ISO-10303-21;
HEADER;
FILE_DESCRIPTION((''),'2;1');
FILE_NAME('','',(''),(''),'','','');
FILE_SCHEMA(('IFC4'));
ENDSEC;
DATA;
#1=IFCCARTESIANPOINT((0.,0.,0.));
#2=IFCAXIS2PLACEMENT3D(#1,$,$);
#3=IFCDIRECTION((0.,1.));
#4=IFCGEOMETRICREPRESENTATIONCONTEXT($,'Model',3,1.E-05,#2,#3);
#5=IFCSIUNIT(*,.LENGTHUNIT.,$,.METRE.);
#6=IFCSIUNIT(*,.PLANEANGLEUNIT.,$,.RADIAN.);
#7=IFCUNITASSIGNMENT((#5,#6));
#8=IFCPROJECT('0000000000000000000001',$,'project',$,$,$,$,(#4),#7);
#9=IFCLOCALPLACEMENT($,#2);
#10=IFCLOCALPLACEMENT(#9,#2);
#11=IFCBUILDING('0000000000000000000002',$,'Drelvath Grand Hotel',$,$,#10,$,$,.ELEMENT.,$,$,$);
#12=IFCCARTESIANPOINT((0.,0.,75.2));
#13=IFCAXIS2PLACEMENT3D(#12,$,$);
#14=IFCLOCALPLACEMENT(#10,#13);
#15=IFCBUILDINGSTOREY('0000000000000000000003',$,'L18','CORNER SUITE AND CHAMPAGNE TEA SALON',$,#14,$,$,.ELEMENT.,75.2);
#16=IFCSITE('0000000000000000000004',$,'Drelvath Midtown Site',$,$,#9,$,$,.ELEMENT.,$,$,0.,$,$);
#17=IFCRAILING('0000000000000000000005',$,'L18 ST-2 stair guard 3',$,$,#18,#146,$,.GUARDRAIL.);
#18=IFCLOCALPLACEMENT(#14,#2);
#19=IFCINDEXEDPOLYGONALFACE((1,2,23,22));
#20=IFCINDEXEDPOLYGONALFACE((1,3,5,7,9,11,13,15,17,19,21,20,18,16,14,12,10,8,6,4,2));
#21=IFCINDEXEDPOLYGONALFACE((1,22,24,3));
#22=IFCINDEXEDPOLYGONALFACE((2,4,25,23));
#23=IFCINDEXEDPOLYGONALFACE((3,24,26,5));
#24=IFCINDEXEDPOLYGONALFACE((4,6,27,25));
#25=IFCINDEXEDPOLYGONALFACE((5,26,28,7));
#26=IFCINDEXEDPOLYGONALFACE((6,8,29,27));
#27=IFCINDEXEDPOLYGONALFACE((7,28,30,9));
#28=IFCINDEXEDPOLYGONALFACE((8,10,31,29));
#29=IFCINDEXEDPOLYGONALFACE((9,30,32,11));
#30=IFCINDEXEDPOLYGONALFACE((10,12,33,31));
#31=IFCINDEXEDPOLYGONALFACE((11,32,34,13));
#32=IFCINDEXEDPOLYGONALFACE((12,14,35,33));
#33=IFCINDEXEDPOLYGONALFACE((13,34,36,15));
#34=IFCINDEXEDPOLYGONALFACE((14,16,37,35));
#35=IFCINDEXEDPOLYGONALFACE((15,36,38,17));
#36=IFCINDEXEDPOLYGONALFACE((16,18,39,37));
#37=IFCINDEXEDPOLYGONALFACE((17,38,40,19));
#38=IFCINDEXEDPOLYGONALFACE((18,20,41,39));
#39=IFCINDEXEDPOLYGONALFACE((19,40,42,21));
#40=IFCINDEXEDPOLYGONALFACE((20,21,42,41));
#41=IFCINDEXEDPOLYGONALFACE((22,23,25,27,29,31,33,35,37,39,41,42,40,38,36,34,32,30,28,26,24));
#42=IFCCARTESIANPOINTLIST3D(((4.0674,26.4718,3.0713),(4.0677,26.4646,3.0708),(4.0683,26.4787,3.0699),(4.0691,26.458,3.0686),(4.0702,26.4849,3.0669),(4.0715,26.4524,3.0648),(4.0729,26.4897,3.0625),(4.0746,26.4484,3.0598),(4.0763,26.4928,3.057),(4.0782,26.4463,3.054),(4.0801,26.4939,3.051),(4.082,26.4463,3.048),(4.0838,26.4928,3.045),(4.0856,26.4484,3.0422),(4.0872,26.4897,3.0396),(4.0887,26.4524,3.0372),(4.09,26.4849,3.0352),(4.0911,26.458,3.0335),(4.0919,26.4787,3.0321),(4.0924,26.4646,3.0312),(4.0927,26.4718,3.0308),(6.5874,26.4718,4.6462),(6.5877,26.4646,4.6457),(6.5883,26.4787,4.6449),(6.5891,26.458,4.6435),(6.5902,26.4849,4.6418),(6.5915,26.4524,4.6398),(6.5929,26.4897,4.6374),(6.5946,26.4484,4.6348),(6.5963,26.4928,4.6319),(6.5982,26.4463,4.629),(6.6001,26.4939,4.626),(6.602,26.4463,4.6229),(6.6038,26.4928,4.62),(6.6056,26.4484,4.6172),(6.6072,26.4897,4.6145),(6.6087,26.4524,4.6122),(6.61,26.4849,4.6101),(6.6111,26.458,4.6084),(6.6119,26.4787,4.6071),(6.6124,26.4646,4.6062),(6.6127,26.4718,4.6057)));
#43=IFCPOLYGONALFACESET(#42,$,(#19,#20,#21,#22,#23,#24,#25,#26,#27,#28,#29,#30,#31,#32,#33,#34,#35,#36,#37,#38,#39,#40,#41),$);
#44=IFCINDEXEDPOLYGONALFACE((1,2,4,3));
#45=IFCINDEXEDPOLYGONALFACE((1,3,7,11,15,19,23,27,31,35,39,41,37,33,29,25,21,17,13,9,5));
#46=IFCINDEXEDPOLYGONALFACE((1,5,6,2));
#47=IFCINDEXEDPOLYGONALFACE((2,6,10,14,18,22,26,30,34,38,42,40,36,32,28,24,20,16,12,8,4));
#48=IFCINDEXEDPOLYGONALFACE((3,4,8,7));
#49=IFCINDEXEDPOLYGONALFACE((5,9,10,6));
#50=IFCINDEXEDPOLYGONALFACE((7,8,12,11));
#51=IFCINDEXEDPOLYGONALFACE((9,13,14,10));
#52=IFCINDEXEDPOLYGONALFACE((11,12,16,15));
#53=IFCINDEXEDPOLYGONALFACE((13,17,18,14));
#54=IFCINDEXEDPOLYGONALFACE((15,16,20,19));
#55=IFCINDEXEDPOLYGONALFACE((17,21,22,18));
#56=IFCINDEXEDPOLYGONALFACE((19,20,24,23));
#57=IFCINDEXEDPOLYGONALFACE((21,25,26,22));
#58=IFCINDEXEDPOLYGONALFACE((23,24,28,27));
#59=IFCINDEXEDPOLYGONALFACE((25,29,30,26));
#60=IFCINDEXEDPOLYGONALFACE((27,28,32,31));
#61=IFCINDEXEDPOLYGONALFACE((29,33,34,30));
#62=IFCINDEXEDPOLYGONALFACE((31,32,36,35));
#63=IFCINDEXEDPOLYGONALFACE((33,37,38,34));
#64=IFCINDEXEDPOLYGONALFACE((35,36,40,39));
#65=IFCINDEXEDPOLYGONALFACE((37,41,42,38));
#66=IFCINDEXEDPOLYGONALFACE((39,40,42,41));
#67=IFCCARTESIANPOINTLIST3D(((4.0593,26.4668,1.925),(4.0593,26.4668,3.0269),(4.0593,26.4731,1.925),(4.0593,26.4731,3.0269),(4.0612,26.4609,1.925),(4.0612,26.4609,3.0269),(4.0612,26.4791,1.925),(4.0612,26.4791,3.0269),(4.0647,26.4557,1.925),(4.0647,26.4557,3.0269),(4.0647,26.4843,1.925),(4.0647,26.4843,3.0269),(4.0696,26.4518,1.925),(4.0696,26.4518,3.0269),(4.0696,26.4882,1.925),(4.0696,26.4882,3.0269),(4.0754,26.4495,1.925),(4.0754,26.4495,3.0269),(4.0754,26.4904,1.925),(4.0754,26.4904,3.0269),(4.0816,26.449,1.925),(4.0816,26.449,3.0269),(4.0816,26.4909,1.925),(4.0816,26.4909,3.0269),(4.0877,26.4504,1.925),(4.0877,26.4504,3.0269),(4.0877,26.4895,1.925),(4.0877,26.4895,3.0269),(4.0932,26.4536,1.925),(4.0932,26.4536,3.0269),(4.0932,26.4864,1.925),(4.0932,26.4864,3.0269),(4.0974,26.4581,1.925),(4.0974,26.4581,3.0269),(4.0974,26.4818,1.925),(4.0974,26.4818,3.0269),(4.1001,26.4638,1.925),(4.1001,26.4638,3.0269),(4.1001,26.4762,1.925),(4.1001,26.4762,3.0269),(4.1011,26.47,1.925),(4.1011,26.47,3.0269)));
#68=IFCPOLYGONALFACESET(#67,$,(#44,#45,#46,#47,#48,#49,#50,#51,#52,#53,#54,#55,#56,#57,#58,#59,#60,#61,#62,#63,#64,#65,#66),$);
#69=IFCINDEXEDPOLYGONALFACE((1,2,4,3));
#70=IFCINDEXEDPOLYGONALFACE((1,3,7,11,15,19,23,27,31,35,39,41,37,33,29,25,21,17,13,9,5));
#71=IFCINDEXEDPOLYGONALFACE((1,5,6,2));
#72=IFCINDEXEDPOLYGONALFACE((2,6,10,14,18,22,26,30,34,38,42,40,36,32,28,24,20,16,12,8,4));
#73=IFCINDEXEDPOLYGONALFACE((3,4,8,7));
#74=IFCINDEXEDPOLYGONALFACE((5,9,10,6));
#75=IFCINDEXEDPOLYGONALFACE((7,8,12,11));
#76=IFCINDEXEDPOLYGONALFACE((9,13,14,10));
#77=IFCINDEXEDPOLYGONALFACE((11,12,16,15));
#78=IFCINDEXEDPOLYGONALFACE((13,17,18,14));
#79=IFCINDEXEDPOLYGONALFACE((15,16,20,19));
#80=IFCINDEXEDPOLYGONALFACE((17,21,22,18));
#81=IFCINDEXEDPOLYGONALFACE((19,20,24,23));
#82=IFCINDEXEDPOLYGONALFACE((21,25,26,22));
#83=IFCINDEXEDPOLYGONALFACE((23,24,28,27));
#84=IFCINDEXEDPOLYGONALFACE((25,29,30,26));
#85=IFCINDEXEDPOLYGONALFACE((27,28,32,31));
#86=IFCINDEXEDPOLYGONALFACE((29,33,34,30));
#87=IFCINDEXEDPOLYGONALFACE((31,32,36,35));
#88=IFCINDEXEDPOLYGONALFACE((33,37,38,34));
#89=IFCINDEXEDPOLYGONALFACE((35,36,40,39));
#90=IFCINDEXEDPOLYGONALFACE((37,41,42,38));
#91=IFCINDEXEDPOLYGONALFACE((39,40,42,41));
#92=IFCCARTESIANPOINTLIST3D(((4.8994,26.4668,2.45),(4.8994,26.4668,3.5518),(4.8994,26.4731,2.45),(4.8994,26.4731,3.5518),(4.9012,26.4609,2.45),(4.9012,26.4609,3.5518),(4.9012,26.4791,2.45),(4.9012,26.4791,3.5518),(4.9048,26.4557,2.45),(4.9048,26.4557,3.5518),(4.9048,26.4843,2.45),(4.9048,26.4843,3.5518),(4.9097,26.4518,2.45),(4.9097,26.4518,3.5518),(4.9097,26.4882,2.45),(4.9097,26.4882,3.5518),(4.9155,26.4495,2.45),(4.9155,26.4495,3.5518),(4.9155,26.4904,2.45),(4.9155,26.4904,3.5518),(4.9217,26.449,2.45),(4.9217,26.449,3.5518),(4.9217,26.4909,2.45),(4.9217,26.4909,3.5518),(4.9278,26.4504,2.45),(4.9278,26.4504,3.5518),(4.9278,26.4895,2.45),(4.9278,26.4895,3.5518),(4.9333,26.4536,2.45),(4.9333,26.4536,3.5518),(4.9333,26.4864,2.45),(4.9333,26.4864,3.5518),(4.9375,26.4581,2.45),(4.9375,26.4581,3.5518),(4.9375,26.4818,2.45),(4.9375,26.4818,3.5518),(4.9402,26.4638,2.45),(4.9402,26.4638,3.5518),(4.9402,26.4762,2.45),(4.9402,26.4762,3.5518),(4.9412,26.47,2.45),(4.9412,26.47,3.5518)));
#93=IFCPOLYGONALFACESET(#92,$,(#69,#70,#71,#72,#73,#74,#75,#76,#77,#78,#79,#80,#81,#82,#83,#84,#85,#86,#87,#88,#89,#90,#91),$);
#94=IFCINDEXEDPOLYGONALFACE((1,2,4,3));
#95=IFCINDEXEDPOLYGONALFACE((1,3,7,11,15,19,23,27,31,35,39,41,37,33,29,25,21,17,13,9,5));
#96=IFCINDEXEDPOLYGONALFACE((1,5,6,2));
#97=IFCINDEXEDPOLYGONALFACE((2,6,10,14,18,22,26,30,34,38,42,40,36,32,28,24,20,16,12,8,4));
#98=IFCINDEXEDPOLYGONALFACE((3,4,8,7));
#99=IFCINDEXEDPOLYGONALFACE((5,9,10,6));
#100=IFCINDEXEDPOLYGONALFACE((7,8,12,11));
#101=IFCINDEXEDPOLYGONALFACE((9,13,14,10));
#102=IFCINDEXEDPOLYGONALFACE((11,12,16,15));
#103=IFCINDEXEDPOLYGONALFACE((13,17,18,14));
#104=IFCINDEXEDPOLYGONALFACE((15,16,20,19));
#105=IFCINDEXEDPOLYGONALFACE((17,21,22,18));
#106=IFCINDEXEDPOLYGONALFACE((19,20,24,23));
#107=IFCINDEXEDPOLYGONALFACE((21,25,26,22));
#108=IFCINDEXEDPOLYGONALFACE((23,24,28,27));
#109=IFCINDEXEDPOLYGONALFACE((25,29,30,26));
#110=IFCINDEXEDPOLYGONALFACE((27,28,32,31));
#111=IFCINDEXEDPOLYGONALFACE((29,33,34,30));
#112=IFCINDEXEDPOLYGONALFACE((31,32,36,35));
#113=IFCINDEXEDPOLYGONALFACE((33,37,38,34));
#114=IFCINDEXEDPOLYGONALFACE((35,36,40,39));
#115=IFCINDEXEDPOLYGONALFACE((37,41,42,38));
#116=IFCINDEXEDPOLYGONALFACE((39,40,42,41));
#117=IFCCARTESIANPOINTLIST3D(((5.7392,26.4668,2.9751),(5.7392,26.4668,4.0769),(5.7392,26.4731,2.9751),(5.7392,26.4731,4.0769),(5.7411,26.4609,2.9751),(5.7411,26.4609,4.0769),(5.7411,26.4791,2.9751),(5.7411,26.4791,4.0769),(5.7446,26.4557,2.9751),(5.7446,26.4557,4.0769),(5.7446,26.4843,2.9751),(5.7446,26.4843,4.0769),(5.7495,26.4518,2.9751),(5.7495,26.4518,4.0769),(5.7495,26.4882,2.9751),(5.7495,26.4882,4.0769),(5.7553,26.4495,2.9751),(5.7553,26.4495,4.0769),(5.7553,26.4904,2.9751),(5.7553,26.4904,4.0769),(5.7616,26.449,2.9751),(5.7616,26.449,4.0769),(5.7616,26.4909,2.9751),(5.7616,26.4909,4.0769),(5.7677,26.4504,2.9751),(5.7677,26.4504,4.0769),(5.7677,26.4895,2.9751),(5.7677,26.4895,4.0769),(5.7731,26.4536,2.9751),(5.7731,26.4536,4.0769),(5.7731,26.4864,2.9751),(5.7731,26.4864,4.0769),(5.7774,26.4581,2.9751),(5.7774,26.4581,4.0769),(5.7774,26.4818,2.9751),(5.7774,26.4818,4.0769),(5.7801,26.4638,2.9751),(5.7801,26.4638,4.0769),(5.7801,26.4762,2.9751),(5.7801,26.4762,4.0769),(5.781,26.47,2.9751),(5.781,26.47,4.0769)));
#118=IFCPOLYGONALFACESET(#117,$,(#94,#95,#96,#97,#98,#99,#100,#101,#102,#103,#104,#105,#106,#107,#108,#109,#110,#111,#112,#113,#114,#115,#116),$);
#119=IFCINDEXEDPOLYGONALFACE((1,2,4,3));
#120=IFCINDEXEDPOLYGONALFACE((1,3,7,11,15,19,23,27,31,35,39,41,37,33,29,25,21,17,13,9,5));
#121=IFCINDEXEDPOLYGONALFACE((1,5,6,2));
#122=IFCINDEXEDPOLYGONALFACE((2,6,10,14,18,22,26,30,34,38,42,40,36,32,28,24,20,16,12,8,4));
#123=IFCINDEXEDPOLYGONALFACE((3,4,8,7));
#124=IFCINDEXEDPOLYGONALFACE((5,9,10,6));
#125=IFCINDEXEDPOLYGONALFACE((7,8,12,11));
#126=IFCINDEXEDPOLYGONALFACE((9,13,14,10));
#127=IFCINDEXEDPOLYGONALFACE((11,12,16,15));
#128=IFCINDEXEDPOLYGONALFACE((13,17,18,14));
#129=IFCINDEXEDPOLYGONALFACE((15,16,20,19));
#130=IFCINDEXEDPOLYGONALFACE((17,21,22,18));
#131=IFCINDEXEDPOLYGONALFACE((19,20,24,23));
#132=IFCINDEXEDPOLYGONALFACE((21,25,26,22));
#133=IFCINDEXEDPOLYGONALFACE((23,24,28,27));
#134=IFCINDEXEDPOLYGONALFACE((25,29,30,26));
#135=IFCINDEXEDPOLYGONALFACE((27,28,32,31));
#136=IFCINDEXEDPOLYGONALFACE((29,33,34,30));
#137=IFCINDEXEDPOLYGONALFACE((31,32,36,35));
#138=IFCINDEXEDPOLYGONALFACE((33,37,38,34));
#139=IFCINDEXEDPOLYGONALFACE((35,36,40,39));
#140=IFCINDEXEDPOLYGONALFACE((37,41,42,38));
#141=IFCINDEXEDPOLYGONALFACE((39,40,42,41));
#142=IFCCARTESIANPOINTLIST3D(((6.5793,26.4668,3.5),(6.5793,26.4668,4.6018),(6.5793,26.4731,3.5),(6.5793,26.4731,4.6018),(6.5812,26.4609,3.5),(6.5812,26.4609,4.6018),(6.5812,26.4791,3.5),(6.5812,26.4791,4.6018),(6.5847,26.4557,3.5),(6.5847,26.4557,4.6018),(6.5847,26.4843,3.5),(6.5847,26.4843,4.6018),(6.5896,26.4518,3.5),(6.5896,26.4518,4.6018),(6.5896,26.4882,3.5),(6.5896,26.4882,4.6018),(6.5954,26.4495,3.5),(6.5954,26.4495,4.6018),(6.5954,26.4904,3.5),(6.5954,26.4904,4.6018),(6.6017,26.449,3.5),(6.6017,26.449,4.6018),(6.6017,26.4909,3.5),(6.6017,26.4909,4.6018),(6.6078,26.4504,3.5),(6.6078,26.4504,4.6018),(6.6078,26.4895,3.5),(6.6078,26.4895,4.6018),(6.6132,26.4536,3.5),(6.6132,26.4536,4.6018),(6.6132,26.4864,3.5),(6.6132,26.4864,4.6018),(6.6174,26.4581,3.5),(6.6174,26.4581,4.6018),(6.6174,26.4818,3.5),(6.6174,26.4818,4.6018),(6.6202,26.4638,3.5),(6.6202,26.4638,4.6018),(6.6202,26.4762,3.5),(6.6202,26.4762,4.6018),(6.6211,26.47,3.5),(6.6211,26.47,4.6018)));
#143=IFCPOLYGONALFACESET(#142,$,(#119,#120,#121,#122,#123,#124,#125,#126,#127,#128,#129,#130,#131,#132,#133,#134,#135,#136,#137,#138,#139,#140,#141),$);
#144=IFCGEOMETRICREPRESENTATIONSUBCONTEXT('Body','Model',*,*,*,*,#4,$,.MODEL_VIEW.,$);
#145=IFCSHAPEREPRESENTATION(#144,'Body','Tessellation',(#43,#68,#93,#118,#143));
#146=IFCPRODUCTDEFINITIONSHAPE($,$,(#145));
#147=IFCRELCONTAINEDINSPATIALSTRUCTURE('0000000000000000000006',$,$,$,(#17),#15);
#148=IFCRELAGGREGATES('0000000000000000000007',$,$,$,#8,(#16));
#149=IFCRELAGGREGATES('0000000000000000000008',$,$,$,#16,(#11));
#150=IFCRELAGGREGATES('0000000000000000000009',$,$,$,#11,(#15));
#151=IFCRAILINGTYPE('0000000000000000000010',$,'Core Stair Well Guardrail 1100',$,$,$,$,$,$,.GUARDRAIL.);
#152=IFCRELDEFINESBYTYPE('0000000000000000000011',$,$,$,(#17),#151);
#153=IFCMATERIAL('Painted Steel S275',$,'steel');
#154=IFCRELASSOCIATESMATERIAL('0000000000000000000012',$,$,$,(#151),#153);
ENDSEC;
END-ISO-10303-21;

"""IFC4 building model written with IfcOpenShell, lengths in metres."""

from ifc_helpers import new_model, si_unit, direction, frame, origin, origin_2d, place, context, subcontext, project, spatial, circle, extrude, material, type_object, element, save


model = new_model("IFC4")

# Units and contexts
model_context = context("Model", 3, precision=1e-05, world=origin(), true_north=direction((0.0, 1.0)))
body_context = subcontext(model_context, "Body", "Model", "MODEL_VIEW")
ifc_project = project(units=[si_unit("LENGTHUNIT", "METRE"), si_unit("PLANEANGLEUNIT", "RADIAN")], contexts=[model_context])

# Site, building, storey
site_placement = place(None, origin())
site = spatial("IfcSite", under=ifc_project, at=site_placement, Name="Drelvath Midtown Site", CompositionType="ELEMENT", RefElevation=0.0)
building_placement = place(site_placement, origin())
building = spatial("IfcBuilding", under=site, at=building_placement, Name="Drelvath Grand Hotel", CompositionType="ELEMENT")
storey_placement = place(building_placement, frame((0.0, 0.0, 75.2)))
storey = spatial("IfcBuildingStorey", under=building, at=storey_placement, Name="L18", Description="CORNER SUITE AND CHAMPAGNE TEA SALON", CompositionType="ELEMENT", Elevation=75.2)

# Shared definitions
ifc_material_1 = material(Name="Painted Steel S275", Category="steel")

# Railing
railing_type_1 = type_object("IfcRailingType", Name="Core Stair Well Guardrail 1100", PredefinedType="GUARDRAIL", material=ifc_material_1)
railing_1_placement = place(storey_placement, frame((4.0801, 26.47, 1.925)))
element("IfcRailing", 1, at=railing_1_placement, inside=storey, type_object=railing_type_1, Name="L18 ST-2 stair guard 3", PredefinedType="GUARDRAIL", context=body_context, shape_type="SweptSolid", body=[
    extrude(circle(Radius=0.0239, at=origin_2d()), frame((0.0, 0.0, 1.126), z_axis=(0.848008, 0.0, 0.529984), x_axis=(0.0, 1.0, 0.0)), (0.0, 0.0, 1.0), 2.9717),
    extrude(circle(Radius=0.021, at=origin_2d()), origin(), (0.0, 0.0, 1.0), 1.1018),
    extrude(circle(Radius=0.021, at=origin_2d()), frame((0.8401, 0.0, 0.5249)), (0.0, 0.0, 1.0), 1.1018),
    extrude(circle(Radius=0.021, at=origin_2d()), frame((1.6799, 0.0, 1.05)), (0.0, 0.0, 1.0), 1.1018),
    extrude(circle(Radius=0.021, at=origin_2d()), frame((2.52, 0.0, 1.575)), (0.0, 0.0, 1.0), 1.1018),
])

save(model, "model.ifc")
